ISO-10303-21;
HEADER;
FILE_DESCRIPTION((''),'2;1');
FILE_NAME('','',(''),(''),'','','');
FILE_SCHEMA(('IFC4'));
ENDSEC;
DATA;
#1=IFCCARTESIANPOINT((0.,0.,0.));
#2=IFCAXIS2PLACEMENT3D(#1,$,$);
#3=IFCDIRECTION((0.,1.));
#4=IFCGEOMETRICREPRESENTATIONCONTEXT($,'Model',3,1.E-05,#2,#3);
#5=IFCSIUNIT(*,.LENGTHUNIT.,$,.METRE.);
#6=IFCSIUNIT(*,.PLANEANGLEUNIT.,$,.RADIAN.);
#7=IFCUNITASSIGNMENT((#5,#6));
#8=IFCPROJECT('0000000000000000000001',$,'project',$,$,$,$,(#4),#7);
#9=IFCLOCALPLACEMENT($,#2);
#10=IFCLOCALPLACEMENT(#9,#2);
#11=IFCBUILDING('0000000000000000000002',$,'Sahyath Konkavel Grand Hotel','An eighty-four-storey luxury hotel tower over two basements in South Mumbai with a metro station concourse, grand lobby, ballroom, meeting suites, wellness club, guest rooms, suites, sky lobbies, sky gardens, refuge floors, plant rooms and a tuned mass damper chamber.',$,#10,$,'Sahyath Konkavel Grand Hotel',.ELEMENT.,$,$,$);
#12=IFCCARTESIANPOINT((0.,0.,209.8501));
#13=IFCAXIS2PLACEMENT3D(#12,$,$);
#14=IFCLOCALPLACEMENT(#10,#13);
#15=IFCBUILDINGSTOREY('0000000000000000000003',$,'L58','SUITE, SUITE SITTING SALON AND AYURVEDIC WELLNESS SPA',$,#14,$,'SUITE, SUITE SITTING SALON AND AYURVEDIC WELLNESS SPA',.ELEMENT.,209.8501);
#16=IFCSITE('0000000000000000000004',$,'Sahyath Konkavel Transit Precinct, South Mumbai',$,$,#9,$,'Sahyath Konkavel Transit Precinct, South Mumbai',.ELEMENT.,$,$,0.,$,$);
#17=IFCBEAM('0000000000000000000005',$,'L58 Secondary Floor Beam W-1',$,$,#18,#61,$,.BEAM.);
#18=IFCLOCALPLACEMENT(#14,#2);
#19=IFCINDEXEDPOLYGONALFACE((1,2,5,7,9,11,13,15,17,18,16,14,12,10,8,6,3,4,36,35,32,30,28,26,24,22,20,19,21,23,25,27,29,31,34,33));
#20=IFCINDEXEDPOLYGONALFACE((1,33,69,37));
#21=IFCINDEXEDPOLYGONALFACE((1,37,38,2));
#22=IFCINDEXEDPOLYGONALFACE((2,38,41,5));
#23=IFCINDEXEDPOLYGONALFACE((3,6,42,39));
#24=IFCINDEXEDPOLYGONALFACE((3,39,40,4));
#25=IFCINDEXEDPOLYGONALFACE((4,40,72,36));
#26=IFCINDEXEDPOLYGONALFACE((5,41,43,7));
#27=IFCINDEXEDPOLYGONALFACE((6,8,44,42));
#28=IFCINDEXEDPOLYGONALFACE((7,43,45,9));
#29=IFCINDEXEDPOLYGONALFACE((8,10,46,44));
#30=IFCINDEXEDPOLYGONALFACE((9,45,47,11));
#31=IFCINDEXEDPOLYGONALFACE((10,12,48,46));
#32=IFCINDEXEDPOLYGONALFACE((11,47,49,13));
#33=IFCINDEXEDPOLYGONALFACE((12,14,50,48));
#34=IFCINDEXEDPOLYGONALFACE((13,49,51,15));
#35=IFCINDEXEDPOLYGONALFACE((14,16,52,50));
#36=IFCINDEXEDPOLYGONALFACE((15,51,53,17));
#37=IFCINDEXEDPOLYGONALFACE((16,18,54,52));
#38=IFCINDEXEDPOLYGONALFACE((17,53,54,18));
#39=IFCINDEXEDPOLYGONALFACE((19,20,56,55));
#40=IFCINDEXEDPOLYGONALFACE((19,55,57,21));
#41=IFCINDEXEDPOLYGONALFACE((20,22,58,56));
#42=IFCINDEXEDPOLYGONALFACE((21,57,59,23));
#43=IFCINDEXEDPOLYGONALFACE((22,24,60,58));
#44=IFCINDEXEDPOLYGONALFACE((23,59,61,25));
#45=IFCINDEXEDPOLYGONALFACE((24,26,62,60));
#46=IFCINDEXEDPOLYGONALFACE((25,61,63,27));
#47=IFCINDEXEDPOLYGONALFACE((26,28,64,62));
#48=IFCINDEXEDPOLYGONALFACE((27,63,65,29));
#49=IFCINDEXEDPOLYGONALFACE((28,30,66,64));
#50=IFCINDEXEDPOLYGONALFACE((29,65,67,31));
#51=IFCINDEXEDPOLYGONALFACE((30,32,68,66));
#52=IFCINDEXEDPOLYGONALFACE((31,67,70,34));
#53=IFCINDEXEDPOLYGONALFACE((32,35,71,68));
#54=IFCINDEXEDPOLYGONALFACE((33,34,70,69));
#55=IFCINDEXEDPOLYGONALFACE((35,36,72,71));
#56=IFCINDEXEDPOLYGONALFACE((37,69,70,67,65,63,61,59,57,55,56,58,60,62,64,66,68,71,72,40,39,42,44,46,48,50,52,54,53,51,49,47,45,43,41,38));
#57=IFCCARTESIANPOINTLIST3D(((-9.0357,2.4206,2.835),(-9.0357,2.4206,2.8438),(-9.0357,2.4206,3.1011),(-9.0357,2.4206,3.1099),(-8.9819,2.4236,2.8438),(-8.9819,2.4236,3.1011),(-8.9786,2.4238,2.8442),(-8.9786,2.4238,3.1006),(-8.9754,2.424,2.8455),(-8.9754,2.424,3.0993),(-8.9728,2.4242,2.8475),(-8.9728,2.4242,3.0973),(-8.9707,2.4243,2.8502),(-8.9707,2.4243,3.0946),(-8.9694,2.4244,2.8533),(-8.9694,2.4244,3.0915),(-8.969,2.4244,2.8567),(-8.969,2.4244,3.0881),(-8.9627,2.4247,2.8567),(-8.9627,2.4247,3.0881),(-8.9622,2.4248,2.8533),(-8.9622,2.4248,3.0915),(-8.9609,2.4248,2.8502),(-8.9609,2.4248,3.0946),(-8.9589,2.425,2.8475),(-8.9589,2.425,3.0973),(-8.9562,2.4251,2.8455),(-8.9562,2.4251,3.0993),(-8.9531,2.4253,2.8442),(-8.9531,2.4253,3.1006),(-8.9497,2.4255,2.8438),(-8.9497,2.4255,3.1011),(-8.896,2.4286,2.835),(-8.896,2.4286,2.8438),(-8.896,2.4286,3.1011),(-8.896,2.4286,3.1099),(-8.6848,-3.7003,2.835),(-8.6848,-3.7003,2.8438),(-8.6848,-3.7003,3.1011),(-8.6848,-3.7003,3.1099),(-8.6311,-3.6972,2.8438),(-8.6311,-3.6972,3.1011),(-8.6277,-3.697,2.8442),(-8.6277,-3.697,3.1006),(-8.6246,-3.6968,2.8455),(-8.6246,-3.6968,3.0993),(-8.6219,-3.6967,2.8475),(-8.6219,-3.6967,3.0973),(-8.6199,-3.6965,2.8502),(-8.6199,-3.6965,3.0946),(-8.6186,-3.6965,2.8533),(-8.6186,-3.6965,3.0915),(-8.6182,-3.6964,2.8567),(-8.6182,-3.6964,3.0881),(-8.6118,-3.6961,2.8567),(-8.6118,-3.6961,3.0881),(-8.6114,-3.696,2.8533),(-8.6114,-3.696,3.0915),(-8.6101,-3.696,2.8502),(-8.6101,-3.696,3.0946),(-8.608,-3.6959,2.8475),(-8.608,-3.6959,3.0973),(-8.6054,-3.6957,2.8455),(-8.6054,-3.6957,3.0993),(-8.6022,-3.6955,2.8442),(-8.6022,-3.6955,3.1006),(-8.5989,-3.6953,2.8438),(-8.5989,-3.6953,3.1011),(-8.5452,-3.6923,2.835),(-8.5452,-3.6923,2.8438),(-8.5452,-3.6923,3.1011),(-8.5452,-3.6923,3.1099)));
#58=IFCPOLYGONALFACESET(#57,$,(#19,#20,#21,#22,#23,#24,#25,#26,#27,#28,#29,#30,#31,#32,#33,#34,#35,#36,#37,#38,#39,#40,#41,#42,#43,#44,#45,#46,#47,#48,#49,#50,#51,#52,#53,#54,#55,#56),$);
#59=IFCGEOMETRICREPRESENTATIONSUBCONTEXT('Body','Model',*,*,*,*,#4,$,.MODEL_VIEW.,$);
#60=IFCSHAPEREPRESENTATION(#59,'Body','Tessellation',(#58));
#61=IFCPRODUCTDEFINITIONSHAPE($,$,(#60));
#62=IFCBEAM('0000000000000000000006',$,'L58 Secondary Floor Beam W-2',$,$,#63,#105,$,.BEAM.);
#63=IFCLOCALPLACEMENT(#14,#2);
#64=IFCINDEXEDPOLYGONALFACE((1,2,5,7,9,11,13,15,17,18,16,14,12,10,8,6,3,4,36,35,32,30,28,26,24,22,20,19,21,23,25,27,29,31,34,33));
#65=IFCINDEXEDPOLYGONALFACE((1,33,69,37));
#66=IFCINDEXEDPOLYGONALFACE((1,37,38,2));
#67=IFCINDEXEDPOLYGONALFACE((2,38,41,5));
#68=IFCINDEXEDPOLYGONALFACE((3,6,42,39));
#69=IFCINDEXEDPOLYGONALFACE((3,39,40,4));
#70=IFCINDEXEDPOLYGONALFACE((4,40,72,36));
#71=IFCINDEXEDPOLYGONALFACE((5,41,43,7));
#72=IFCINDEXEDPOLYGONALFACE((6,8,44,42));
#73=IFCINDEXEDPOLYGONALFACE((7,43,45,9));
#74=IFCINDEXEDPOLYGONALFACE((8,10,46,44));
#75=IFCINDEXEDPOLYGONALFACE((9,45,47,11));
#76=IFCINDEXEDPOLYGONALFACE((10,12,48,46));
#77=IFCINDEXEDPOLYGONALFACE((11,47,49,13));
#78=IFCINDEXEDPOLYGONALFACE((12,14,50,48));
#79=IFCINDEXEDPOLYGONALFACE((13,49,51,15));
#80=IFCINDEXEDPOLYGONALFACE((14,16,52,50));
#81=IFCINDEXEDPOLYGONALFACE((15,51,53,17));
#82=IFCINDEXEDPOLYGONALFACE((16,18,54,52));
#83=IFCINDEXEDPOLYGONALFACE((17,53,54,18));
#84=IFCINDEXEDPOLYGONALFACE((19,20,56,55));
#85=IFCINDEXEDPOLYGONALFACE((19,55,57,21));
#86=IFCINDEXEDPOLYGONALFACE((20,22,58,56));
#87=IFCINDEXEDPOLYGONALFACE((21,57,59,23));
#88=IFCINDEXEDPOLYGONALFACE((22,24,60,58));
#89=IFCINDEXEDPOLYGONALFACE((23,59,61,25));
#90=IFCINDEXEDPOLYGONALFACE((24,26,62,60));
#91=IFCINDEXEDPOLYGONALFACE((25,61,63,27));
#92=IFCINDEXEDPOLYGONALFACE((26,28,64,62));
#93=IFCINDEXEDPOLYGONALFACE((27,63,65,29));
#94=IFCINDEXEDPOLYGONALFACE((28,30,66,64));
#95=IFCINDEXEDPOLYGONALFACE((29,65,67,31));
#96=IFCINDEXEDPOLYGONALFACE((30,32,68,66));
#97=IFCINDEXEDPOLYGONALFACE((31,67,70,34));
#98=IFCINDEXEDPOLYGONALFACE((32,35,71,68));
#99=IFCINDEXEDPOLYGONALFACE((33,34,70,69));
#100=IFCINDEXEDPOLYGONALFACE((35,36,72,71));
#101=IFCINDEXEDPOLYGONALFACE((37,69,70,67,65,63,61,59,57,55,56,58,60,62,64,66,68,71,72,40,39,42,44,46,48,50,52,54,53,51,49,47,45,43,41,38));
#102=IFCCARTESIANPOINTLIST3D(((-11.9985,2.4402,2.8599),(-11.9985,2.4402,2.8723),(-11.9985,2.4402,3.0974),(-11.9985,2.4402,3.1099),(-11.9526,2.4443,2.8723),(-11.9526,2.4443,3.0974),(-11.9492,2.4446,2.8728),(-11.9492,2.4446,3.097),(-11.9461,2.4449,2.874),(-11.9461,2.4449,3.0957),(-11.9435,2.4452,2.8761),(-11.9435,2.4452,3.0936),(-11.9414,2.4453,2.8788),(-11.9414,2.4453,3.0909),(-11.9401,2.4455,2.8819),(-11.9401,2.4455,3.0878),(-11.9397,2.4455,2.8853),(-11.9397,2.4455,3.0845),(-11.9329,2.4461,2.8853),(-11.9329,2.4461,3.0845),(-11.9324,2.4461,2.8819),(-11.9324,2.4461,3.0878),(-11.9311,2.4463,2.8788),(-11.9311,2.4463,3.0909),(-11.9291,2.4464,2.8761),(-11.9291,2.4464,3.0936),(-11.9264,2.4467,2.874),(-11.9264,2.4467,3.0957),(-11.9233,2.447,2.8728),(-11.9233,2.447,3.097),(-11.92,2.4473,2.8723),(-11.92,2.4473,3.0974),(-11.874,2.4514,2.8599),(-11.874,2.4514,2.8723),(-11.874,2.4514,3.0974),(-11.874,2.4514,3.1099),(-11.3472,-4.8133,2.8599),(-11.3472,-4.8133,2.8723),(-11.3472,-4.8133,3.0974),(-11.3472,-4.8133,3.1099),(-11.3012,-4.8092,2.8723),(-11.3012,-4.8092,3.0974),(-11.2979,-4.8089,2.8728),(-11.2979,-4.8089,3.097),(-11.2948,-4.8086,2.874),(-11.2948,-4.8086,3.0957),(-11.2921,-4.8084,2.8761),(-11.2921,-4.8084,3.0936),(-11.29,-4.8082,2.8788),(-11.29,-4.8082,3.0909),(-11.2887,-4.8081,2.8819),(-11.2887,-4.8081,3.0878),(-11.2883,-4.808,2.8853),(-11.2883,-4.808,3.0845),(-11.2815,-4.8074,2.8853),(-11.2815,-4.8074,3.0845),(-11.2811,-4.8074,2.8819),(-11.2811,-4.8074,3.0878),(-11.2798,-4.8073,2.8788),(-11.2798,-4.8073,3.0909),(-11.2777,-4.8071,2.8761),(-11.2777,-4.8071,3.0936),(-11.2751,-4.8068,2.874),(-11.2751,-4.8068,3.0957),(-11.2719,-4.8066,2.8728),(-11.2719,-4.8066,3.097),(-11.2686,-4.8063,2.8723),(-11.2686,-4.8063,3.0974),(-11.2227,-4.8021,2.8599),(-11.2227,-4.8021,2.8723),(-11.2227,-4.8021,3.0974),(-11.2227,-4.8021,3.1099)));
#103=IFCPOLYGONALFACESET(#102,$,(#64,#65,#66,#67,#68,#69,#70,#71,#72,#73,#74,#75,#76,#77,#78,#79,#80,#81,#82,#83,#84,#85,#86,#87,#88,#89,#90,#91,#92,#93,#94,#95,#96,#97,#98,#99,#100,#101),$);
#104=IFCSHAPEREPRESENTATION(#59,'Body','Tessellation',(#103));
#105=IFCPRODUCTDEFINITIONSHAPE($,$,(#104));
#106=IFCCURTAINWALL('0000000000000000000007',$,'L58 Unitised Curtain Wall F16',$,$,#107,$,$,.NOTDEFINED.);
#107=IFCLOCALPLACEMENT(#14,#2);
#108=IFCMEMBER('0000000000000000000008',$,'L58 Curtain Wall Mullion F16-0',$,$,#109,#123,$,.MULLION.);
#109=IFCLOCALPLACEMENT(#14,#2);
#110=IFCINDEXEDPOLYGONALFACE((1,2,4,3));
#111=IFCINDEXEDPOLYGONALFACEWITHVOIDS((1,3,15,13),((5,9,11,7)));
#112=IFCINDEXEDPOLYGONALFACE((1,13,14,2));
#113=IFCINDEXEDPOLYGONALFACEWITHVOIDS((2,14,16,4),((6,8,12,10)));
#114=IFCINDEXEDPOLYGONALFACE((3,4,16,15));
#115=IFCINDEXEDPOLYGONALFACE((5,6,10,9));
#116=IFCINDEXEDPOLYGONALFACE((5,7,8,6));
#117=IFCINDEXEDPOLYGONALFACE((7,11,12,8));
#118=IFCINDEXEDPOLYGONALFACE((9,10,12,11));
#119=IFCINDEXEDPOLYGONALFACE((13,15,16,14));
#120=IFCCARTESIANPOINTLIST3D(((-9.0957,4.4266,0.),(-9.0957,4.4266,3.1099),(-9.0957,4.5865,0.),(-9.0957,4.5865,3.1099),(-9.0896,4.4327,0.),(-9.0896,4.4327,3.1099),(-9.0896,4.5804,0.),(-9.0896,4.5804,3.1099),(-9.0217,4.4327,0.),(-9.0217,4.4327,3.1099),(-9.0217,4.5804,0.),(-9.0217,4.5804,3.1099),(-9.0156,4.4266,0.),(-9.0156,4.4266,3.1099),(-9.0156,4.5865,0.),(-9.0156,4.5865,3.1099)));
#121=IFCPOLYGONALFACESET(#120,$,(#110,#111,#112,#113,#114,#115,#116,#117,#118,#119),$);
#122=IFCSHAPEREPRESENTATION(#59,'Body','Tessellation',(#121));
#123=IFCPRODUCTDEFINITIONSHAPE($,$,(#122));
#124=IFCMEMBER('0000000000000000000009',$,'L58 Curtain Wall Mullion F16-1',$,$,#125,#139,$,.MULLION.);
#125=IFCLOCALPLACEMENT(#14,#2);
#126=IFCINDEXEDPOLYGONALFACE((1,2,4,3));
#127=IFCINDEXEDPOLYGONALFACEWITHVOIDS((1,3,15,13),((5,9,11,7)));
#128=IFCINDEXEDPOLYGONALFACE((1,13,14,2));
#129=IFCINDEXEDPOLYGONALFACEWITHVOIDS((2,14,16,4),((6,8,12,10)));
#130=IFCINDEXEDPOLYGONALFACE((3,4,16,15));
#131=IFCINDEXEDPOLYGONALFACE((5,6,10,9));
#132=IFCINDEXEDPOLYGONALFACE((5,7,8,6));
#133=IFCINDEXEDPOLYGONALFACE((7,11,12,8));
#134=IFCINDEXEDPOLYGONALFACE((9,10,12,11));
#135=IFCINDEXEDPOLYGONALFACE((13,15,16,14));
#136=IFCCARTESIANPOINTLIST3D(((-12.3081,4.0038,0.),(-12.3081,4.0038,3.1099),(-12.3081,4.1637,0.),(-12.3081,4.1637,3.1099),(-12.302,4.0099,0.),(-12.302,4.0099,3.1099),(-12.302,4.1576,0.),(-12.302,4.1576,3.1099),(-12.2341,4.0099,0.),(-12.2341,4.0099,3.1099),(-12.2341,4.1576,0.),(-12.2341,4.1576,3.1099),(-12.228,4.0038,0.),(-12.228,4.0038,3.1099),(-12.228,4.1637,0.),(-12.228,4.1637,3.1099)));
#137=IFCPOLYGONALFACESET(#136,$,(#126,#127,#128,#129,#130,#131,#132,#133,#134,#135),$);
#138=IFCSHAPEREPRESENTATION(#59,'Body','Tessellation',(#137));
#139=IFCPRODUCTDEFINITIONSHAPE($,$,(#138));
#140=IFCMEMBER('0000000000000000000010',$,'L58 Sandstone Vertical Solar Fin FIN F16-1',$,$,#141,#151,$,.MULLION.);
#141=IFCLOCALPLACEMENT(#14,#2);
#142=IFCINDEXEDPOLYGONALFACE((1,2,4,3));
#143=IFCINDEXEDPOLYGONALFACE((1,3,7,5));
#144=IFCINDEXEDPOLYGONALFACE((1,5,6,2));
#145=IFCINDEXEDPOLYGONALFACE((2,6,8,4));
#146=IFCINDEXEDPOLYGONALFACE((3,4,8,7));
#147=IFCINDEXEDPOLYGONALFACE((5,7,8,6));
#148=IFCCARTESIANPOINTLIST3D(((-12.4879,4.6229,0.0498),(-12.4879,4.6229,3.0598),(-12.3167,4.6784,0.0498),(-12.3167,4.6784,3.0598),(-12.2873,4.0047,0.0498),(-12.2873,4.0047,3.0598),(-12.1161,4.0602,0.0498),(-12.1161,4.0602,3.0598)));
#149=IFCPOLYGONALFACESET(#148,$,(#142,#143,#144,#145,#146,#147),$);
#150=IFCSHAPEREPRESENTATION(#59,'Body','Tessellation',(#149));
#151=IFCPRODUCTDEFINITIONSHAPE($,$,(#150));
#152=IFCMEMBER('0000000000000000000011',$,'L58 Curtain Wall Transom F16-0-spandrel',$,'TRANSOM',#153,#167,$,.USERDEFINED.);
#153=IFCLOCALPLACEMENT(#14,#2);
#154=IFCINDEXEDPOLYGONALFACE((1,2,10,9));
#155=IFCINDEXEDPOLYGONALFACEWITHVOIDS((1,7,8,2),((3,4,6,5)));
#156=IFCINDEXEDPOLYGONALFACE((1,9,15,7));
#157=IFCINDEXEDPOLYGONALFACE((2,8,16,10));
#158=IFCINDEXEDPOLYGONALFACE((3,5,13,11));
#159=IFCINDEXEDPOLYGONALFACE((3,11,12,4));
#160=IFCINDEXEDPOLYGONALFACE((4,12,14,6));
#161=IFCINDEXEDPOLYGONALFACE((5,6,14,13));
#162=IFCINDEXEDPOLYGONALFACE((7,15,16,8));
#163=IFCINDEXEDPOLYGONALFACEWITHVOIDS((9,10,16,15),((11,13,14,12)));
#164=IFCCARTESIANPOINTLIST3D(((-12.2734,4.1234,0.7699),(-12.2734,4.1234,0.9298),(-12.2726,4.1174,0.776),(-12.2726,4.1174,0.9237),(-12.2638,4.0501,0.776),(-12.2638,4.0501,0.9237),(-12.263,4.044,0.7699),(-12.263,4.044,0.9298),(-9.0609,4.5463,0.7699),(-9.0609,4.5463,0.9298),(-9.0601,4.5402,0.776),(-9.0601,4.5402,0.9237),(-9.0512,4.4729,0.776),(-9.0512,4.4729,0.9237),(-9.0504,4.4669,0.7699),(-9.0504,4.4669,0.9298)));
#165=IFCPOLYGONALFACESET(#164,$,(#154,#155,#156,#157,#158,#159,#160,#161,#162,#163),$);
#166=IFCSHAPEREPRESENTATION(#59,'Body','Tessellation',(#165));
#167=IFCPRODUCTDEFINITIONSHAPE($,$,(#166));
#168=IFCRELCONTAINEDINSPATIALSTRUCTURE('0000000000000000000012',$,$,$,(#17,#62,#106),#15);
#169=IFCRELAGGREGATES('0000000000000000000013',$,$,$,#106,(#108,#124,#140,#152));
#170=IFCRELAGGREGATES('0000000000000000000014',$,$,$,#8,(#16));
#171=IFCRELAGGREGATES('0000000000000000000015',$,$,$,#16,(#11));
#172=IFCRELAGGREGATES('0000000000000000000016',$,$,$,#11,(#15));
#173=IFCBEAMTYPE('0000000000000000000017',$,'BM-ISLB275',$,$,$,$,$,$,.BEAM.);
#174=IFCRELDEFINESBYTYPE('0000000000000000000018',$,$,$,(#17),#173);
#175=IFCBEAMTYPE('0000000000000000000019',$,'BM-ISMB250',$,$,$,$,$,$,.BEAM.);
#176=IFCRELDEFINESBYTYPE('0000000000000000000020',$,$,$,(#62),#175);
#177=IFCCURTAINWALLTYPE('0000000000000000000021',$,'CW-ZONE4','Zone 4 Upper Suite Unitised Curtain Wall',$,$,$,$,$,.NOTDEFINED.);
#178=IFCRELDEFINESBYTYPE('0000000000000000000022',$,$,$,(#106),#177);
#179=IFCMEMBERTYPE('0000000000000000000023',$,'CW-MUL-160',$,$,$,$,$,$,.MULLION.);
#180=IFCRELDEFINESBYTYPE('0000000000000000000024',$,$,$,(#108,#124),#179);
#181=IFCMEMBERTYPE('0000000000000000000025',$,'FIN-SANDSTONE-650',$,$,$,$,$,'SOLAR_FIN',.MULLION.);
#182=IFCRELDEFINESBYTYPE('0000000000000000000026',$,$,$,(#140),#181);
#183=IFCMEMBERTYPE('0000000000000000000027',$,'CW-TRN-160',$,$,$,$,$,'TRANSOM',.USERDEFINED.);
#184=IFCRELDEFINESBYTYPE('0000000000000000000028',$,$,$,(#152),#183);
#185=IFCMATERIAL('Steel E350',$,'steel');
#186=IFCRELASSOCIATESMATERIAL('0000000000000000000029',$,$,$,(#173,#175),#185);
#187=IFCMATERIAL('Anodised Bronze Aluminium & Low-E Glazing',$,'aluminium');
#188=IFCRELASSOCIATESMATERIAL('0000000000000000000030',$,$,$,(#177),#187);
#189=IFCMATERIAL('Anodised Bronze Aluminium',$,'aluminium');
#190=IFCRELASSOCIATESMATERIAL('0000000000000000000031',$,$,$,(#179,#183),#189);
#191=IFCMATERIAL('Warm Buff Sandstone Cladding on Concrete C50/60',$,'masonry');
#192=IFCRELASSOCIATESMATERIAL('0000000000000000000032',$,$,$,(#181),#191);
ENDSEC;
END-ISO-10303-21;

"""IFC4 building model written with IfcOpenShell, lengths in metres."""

from ifc_helpers import new_model, si_unit, direction, frame, origin, origin_2d, place, context, subcontext, project, spatial, rectangle, hollow_rectangle, i_section, extrude, source, transform, mapped, material, material_profile, profile_set, type_object, element, aggregate, save


model = new_model("IFC4")

# Units and contexts
model_context = context("Model", 3, precision=1e-05, world=origin(), true_north=direction((0.0, 1.0)))
body_context = subcontext(model_context, "Body", "Model", "MODEL_VIEW")
ifc_project = project(units=[si_unit("LENGTHUNIT", "METRE"), si_unit("PLANEANGLEUNIT", "RADIAN")], contexts=[model_context])

# Site, building, storey
site_placement = place(None, origin())
site = spatial("IfcSite", under=ifc_project, at=site_placement, Name="Sahyath Konkavel Transit Precinct, South Mumbai", LongName="Sahyath Konkavel Transit Precinct, South Mumbai", CompositionType="ELEMENT", RefElevation=0.0)
building_placement = place(site_placement, origin())
building = spatial("IfcBuilding", under=site, at=building_placement, Name="Sahyath Konkavel Grand Hotel", Description="An eighty-four-storey luxury hotel tower over two basements in South Mumbai with a metro station concourse, grand lobby, ballroom, meeting suites, wellness club, guest rooms, suites, sky lobbies, sky gardens, refuge floors, plant rooms and a tuned mass damper chamber.", LongName="Sahyath Konkavel Grand Hotel", CompositionType="ELEMENT")
storey_placement = place(building_placement, frame((0.0, 0.0, 209.8501)))
storey = spatial("IfcBuildingStorey", under=building, at=storey_placement, Name="L58", Description="SUITE, SUITE SITTING SALON AND AYURVEDIC WELLNESS SPA", LongName="SUITE, SUITE SITTING SALON AND AYURVEDIC WELLNESS SPA", CompositionType="ELEMENT", Elevation=209.8501)

# Beams
ifc_material_1 = material(Name="Steel E350", Category="steel")
ifc_material_profile_1 = material_profile(ifc_material_1, i_section(OverallWidth=0.1399, OverallDepth=0.2749, WebThickness=0.0063, FlangeThickness=0.0088, FilletRadius=0.0129, at=origin_2d()), Name="ISLB 275")
ifc_profile_set_1 = profile_set([ifc_material_profile_1], Name="Steel E350")
beam_type_1 = type_object("IfcBeamType", Name="BM-ISLB275", PredefinedType="BEAM", material=ifc_profile_set_1)
shared_shape_1 = source(origin(), body_context, "Body", "SweptSolid", [
    extrude(i_section(OverallWidth=0.1399, OverallDepth=0.2749, WebThickness=0.0063, FlangeThickness=0.0088, FilletRadius=0.0129, at=origin_2d()), origin(), (0.0, 0.0, 1.0), 6.1309),
])
beam_1_placement = place(storey_placement, frame((-8.9658, 2.4246, 2.9724), z_axis=(0.057223, -0.998361, 0.0), x_axis=(0.998361, 0.057223, 0.0)))
element("IfcBeam", 1, at=beam_1_placement, inside=storey, type_object=beam_type_1, Name="L58 Secondary Floor Beam W-1", PredefinedType="BEAM", context=body_context, shape_type="MappedRepresentation", body=[
    mapped(shared_shape_1, transform((0.0, 0.0, 0.0), scale=1.0)),
])
ifc_material_profile_2 = material_profile(ifc_material_1, i_section(OverallWidth=0.125, OverallDepth=0.25, WebThickness=0.0068, FlangeThickness=0.0125, FilletRadius=0.0129, at=origin_2d()), Name="ISMB 250")
ifc_profile_set_2 = profile_set([ifc_material_profile_2], Name="Steel E350")
beam_type_2 = type_object("IfcBeamType", Name="BM-ISMB250", PredefinedType="BEAM", material=ifc_profile_set_2)
shared_shape_2 = source(origin(), body_context, "Body", "SweptSolid", [
    extrude(i_section(OverallWidth=0.125, OverallDepth=0.25, WebThickness=0.0068, FlangeThickness=0.0125, FilletRadius=0.0129, at=origin_2d()), origin(), (0.0, 0.0, 1.0), 7.2827),
])
beam_2_placement = place(storey_placement, frame((-11.9363, 2.4458, 2.9849), z_axis=(0.089441, -0.995992, 0.0), x_axis=(0.995992, 0.089441, 0.0)))
element("IfcBeam", 2, at=beam_2_placement, inside=storey, type_object=beam_type_2, Name="L58 Secondary Floor Beam W-2", PredefinedType="BEAM", context=body_context, shape_type="MappedRepresentation", body=[
    mapped(shared_shape_2, transform((0.0, 0.0, 0.0), scale=1.0)),
])

# Curtain wall, members
ifc_material_2 = material(Name="Anodised Bronze Aluminium & Low-E Glazing", Category="aluminium")
curtain_wall_type = type_object("IfcCurtainWallType", Name="CW-ZONE4", Description="Zone 4 Upper Suite Unitised Curtain Wall", PredefinedType="NOTDEFINED", material=ifc_material_2)
curtain_wall_placement = place(storey_placement, origin())
curtain_wall = element("IfcCurtainWall", 3, at=curtain_wall_placement, inside=storey, type_object=curtain_wall_type, Name="L58 Unitised Curtain Wall F16", PredefinedType="NOTDEFINED")
ifc_material_3 = material(Name="Anodised Bronze Aluminium", Category="aluminium")
ifc_material_profile_3 = material_profile(ifc_material_3, hollow_rectangle(XDim=0.0801, YDim=0.1599, WallThickness=0.0061, at=origin_2d()), Name="RHS 160x80x6")
ifc_profile_set_3 = profile_set([ifc_material_profile_3], Name="Anodised Bronze Aluminium")
member_type_1 = type_object("IfcMemberType", Name="CW-MUL-160", PredefinedType="MULLION", material=ifc_profile_set_3)
shared_shape_3 = source(origin(), body_context, "Body", "SweptSolid", [
    extrude(hollow_rectangle(XDim=0.0801, YDim=0.1599, WallThickness=0.0061, at=origin_2d()), origin(), (0.0, 0.0, 1.0), 3.1099),
])
member_1_placement = place(storey_placement, frame((-9.0557, 4.5066, 0.0), z_axis=(0.0, 0.0, 1.0), x_axis=(1.0, 0.0, 0.0)))
member_1 = element("IfcMember", 4, at=member_1_placement, type_object=member_type_1, Name="L58 Curtain Wall Mullion F16-0", PredefinedType="MULLION", context=body_context, shape_type="MappedRepresentation", body=[
    mapped(shared_shape_3, transform((0.0, 0.0, 0.0), scale=1.0)),
])
member_2_placement = place(storey_placement, frame((-12.2681, 4.0837, 0.0), z_axis=(0.0, 0.0, 1.0), x_axis=(1.0, 0.0, 0.0)))
member_2 = element("IfcMember", 5, at=member_2_placement, type_object=member_type_1, Name="L58 Curtain Wall Mullion F16-1", PredefinedType="MULLION", context=body_context, shape_type="MappedRepresentation", body=[
    mapped(shared_shape_3, transform((0.0, 0.0, 0.0), scale=1.0)),
])
ifc_material_4 = material(Name="Warm Buff Sandstone Cladding on Concrete C50/60", Category="masonry")
ifc_material_profile_4 = material_profile(ifc_material_4, rectangle(XDim=0.1799, YDim=0.6499, at=origin_2d()), Name="FIN 180x650")
ifc_profile_set_4 = profile_set([ifc_material_profile_4], Name="Warm Buff Sandstone Cladding on Concrete C50/60")
member_type_2 = type_object("IfcMemberType", Name="FIN-SANDSTONE-650", ElementType="SOLAR_FIN", PredefinedType="MULLION", material=ifc_profile_set_4)
shared_shape_4 = source(origin(), body_context, "Body", "SweptSolid", [
    extrude(rectangle(XDim=0.1799, YDim=0.6499, at=origin_2d()), origin(), (0.0, 0.0, 1.0), 3.01),
])
member_3_placement = place(storey_placement, frame((-12.302, 4.3416, 0.0498), z_axis=(0.0, 0.0, 1.0), x_axis=(0.951164, 0.308685, 0.0)))
member_3 = element("IfcMember", 6, at=member_3_placement, type_object=member_type_2, Name="L58 Sandstone Vertical Solar Fin FIN F16-1", PredefinedType="MULLION", context=body_context, shape_type="MappedRepresentation", body=[
    mapped(shared_shape_4, transform((0.0, 0.0, 0.0), scale=1.0)),
])
ifc_material_profile_5 = material_profile(ifc_material_3, hollow_rectangle(XDim=0.0801, YDim=0.1599, WallThickness=0.0061, at=origin_2d()), Name="RHS 160x80x6")
ifc_profile_set_5 = profile_set([ifc_material_profile_5], Name="Anodised Bronze Aluminium")
member_type_3 = type_object("IfcMemberType", Name="CW-TRN-160", ElementType="TRANSOM", PredefinedType="USERDEFINED", material=ifc_profile_set_5)
shared_shape_5 = source(origin(), body_context, "Body", "SweptSolid", [
    extrude(hollow_rectangle(XDim=0.0801, YDim=0.1599, WallThickness=0.0061, at=origin_2d()), origin(), (0.0, 0.0, 1.0), 3.2402),
])
member_4_placement = place(storey_placement, frame((-9.0557, 4.5066, 0.8499), z_axis=(-0.991448, -0.130505, 0.0), x_axis=(0.130505, -0.991448, 0.0)))
member_4 = element("IfcMember", 7, at=member_4_placement, type_object=member_type_3, Name="L58 Curtain Wall Transom F16-0-spandrel", ObjectType="TRANSOM", PredefinedType="USERDEFINED", context=body_context, shape_type="MappedRepresentation", body=[
    mapped(shared_shape_5, transform((0.0, 0.0, 0.0), scale=1.0)),
])

aggregate(curtain_wall, [member_1, member_2, member_3, member_4])

save(model, "model.ifc")
